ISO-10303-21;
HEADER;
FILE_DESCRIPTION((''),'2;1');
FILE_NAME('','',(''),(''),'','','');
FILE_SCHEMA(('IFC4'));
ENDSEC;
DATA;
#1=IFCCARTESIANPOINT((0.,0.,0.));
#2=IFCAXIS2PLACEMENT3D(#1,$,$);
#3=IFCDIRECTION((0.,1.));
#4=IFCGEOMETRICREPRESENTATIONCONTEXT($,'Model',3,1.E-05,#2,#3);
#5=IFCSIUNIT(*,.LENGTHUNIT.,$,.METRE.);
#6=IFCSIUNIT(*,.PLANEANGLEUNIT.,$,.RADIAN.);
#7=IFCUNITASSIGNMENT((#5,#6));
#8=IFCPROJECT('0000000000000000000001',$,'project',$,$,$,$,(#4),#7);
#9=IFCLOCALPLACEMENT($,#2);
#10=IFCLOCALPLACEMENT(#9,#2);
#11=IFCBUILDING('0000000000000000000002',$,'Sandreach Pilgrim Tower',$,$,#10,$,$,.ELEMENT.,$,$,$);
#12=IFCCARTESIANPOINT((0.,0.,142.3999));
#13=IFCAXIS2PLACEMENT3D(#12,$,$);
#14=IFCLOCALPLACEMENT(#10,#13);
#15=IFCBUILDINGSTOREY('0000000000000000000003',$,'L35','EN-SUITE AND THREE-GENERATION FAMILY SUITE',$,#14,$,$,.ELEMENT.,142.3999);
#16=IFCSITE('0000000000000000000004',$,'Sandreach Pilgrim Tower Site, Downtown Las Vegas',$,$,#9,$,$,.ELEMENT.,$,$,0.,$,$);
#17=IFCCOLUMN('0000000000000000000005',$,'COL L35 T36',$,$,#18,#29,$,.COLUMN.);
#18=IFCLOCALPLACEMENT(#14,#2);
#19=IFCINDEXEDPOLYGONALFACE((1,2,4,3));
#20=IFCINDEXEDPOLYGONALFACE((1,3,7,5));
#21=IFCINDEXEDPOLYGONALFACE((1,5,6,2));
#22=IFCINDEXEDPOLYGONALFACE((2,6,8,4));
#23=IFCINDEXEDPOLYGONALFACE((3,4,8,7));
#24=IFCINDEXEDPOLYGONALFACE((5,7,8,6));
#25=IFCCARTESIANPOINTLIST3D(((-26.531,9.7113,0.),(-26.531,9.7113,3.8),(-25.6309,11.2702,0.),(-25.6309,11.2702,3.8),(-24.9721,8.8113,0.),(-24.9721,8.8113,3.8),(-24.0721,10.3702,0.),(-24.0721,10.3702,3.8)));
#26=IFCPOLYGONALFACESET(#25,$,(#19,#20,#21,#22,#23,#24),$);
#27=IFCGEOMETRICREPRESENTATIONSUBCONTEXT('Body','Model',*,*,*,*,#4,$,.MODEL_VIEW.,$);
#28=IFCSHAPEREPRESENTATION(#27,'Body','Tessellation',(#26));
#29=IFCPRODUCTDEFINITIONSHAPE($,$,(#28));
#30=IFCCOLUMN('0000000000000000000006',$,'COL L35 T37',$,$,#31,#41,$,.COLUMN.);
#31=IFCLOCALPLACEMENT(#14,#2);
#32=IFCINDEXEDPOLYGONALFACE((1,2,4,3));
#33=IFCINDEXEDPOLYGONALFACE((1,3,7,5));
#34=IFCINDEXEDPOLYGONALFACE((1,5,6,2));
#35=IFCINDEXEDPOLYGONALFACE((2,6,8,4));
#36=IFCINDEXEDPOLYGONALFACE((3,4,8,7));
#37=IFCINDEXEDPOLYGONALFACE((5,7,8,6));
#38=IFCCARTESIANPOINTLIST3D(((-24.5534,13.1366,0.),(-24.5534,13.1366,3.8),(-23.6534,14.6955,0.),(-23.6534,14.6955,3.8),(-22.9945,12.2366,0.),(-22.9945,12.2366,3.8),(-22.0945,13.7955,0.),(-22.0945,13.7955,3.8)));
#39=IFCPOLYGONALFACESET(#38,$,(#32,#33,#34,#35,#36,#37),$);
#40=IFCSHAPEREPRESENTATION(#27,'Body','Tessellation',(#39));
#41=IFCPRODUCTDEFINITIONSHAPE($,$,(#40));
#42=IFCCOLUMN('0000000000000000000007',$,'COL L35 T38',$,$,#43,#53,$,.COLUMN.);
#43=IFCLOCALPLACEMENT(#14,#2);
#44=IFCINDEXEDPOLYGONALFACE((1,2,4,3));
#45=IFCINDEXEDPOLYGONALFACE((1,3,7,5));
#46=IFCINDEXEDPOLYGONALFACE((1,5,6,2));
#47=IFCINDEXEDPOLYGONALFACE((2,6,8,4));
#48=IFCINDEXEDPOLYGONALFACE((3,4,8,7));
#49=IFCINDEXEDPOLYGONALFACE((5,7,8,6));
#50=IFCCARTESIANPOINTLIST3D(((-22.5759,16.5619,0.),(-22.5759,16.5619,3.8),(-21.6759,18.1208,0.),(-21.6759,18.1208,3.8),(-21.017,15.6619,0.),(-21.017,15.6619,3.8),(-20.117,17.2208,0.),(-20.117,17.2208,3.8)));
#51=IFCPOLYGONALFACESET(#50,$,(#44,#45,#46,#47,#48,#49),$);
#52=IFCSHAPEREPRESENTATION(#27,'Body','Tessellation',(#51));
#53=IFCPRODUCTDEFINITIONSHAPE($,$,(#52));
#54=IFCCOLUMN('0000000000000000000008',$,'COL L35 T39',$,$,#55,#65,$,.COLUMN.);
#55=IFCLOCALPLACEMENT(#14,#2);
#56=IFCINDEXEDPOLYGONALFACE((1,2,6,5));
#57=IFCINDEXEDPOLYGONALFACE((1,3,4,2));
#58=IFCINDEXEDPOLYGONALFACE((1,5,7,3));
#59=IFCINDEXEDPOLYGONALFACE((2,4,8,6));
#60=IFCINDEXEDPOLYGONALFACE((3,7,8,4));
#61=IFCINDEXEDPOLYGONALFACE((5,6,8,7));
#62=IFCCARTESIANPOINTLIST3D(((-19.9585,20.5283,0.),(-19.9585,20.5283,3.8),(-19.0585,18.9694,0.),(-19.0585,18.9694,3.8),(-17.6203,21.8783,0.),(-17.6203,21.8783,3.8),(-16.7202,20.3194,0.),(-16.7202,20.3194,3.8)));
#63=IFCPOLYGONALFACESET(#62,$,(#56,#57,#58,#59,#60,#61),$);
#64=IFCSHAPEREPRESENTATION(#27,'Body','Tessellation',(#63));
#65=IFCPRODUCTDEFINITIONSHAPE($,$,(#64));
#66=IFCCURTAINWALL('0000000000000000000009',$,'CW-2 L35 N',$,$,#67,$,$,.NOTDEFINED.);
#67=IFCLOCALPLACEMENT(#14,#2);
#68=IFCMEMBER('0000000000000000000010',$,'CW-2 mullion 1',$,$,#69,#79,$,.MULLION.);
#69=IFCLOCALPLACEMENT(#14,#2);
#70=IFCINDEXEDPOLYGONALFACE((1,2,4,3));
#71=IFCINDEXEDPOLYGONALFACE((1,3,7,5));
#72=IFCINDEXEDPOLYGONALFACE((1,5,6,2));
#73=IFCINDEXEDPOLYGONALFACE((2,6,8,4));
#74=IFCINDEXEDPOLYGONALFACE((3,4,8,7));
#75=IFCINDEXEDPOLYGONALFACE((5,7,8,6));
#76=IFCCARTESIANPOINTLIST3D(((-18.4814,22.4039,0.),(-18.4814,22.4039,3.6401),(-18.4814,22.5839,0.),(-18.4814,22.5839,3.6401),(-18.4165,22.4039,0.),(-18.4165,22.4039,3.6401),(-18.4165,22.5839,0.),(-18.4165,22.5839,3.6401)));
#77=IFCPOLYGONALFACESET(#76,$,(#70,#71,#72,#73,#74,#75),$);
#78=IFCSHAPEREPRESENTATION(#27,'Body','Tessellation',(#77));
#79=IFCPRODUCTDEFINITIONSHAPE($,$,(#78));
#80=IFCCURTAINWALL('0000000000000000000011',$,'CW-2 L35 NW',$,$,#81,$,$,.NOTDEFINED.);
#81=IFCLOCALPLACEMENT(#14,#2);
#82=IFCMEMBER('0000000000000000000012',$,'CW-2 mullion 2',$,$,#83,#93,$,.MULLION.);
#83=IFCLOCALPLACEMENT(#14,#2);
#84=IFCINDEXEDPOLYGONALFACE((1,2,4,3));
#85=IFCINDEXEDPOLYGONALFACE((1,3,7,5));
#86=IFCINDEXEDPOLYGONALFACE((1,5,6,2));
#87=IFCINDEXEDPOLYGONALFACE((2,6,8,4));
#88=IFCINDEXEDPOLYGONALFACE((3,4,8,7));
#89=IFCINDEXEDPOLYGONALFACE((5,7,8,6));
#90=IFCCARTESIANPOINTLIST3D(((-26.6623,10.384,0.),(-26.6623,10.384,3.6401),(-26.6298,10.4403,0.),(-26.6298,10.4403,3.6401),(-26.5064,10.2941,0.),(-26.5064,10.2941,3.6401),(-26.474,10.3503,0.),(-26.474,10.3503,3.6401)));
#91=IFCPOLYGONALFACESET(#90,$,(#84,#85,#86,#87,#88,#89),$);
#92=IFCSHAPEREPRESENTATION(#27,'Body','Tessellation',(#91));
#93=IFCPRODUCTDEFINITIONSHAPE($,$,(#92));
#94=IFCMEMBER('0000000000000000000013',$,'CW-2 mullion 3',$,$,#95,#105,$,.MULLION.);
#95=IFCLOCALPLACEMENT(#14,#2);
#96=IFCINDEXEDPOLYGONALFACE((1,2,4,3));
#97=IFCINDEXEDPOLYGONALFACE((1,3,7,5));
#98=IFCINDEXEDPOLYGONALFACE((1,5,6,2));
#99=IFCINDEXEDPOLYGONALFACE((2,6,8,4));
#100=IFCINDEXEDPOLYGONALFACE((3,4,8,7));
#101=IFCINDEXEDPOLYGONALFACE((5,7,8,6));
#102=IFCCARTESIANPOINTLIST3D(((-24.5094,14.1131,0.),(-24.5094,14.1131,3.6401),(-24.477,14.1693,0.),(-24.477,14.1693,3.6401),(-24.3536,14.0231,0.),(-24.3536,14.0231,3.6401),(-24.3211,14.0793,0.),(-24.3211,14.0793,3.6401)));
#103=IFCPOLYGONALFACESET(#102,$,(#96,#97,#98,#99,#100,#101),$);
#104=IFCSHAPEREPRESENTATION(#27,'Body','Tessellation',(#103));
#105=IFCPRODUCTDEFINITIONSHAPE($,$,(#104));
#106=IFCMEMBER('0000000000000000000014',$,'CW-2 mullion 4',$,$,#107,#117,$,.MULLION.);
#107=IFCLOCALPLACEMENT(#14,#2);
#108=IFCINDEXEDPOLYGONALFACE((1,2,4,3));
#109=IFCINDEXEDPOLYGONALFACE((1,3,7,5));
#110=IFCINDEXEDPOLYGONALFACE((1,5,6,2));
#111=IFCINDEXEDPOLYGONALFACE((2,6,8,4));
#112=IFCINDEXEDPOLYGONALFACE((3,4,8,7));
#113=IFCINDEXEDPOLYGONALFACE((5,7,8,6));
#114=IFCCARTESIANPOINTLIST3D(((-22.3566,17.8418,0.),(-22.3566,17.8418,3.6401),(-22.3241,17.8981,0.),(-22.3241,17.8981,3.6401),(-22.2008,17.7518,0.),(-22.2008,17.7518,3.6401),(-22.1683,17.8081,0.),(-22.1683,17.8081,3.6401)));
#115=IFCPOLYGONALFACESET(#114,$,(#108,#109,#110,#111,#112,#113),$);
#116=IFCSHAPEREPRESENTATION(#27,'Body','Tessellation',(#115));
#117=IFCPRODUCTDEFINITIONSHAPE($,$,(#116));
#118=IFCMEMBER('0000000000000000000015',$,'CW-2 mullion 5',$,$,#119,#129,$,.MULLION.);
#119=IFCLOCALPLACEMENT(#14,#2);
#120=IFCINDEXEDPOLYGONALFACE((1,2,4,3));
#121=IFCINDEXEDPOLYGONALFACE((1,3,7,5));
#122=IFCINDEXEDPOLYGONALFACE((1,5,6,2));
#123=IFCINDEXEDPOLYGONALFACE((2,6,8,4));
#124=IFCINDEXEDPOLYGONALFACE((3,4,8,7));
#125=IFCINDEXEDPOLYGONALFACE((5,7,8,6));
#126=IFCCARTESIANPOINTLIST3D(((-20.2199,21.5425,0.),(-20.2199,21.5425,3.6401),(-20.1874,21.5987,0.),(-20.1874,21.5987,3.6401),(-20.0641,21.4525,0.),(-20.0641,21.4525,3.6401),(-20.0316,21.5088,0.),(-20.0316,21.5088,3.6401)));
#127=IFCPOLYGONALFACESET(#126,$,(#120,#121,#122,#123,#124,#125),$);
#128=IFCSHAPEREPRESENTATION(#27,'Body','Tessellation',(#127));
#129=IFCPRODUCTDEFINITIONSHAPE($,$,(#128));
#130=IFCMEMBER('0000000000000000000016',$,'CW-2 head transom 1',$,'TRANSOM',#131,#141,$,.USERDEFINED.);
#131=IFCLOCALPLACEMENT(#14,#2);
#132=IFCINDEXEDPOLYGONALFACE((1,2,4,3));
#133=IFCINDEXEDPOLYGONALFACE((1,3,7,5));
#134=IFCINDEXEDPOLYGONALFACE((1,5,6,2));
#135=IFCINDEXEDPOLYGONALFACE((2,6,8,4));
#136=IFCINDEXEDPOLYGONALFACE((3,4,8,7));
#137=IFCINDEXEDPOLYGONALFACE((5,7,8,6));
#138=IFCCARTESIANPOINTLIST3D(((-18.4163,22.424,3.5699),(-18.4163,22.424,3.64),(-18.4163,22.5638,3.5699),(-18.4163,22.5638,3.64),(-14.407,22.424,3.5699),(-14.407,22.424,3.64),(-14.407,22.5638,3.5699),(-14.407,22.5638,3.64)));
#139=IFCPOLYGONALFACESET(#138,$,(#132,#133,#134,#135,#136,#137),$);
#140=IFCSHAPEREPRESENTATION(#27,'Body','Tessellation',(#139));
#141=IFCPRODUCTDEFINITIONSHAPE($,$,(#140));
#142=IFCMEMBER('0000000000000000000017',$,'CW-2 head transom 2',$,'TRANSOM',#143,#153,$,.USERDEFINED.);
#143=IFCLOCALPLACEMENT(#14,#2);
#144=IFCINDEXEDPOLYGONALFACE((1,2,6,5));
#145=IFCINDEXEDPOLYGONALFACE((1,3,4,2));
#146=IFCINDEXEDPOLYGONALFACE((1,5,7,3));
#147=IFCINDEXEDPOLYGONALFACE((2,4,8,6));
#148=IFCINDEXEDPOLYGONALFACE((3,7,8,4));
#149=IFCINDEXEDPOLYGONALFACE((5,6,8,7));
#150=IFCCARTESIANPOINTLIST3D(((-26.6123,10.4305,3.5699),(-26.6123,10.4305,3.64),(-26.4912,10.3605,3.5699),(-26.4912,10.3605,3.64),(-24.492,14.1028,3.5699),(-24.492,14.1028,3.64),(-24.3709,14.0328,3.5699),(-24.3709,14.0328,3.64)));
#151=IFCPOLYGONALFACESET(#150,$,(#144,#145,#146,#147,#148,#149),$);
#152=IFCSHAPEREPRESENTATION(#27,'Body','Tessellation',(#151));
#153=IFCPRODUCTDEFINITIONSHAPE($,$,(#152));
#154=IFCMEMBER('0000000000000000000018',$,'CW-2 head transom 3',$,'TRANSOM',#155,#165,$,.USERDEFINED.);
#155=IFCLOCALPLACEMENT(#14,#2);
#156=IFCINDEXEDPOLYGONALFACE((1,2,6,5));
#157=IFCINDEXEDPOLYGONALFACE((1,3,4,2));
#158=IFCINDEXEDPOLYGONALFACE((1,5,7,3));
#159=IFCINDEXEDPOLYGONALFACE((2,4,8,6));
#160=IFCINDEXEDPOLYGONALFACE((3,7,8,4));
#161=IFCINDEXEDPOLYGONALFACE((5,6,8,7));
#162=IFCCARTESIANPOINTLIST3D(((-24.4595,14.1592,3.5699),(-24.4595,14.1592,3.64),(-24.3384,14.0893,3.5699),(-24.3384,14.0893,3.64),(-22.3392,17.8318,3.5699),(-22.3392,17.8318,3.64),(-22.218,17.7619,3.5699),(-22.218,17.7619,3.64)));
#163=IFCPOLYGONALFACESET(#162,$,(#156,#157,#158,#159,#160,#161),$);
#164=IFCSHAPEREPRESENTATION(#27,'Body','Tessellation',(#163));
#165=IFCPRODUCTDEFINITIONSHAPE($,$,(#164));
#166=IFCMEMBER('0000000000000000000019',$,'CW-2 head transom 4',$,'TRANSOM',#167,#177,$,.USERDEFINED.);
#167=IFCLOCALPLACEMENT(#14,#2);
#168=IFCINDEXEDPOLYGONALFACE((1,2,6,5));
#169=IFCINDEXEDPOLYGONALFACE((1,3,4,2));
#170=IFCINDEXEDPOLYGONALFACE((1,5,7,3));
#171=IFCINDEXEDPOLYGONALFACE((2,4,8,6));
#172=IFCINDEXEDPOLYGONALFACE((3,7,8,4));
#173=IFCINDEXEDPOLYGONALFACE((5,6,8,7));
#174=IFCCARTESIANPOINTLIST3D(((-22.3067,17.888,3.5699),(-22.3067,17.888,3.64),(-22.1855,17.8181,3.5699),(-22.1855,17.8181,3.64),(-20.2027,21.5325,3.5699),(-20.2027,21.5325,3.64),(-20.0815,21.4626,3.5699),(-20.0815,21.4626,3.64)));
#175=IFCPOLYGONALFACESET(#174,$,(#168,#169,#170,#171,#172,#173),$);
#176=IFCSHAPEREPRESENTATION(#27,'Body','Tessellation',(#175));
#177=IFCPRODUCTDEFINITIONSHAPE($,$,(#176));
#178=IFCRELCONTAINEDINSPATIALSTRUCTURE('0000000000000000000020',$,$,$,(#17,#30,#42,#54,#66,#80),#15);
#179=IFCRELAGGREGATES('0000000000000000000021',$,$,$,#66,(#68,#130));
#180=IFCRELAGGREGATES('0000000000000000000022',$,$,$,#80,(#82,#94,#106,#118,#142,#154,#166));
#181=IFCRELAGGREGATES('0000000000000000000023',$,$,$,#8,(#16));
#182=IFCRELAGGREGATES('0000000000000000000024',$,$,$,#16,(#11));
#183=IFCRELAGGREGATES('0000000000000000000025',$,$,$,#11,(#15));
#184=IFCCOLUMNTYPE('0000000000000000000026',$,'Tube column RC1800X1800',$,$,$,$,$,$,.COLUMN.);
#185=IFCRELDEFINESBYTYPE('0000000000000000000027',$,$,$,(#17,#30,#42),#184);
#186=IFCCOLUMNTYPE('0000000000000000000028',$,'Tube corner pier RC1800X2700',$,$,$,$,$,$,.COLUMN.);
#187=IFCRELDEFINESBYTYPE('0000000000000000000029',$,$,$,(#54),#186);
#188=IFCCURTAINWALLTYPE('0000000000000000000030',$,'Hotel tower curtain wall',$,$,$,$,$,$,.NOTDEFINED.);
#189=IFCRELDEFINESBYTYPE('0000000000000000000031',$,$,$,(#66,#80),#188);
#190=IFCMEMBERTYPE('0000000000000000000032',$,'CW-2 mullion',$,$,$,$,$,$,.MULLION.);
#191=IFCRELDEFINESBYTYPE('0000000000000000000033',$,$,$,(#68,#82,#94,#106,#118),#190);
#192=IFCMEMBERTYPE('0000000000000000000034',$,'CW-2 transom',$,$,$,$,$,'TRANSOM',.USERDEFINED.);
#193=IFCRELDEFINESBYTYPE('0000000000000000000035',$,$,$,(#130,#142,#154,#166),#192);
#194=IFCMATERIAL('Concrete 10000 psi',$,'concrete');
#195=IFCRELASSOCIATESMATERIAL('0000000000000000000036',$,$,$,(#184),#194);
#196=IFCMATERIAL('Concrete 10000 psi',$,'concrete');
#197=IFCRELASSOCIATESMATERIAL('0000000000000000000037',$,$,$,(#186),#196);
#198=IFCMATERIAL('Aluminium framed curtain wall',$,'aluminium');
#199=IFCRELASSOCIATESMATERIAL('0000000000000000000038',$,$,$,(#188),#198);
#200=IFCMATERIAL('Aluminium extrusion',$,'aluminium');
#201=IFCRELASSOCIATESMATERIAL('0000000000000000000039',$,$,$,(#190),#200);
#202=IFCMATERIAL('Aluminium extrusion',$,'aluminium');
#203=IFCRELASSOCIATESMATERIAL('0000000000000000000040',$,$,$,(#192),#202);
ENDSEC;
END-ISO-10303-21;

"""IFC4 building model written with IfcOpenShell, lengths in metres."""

from ifc_helpers import new_model, si_unit, direction, frame, origin, origin_2d, place, context, subcontext, project, spatial, rectangle, extrude, material, material_profile, profile_set, type_object, element, aggregate, save


model = new_model("IFC4")

# Units and contexts
model_context = context("Model", 3, precision=1e-05, world=origin(), true_north=direction((0.0, 1.0)))
body_context = subcontext(model_context, "Body", "Model", "MODEL_VIEW")
ifc_project = project(units=[si_unit("LENGTHUNIT", "METRE"), si_unit("PLANEANGLEUNIT", "RADIAN")], contexts=[model_context])

# Site, building, storey
site_placement = place(None, origin())
site = spatial("IfcSite", under=ifc_project, at=site_placement, Name="Sandreach Pilgrim Tower Site, Downtown Las Vegas", CompositionType="ELEMENT", RefElevation=0.0)
building_placement = place(site_placement, origin())
building = spatial("IfcBuilding", under=site, at=building_placement, Name="Sandreach Pilgrim Tower", CompositionType="ELEMENT")
storey_placement = place(building_placement, frame((0.0, 0.0, 142.3999)))
storey = spatial("IfcBuildingStorey", under=building, at=storey_placement, Name="L35", Description="EN-SUITE AND THREE-GENERATION FAMILY SUITE", CompositionType="ELEMENT", Elevation=142.3999)

# Columns
ifc_material_1 = material(Name="Concrete 10000 psi", Category="concrete")
ifc_material_profile_1 = material_profile(ifc_material_1, rectangle(XDim=1.8, YDim=1.8, at=origin_2d()), Name="RC1800X1800")
ifc_profile_set_1 = profile_set([ifc_material_profile_1], Name="Concrete 10000 psi")
column_type_1 = type_object("IfcColumnType", Name="Tube column RC1800X1800", PredefinedType="COLUMN", material=ifc_profile_set_1)
for number, where, z_axis, x_axis, name in (
    (1, (-25.3015, 10.0408, 0.0), (0.0, 0.0, 1.0), (-0.866025, 0.5, 0.0), "COL L35 T36"),
    (2, (-23.324, 13.4661, 0.0), (0.0, 0.0, 1.0), (-0.866025, 0.5, 0.0), "COL L35 T37"),
    (3, (-21.3464, 16.8914, 0.0), (0.0, 0.0, 1.0), (-0.866025, 0.5, 0.0), "COL L35 T38"),
):
    element("IfcColumn", number, at=place(storey_placement, frame(where, z_axis=z_axis, x_axis=x_axis)), inside=storey, type_object=column_type_1, Name=name, PredefinedType="COLUMN", context=body_context, shape_type="SweptSolid", body=[
        extrude(rectangle(XDim=1.8, YDim=1.8, at=origin_2d()), origin(), (0.0, 0.0, 1.0), 3.8),
    ])
ifc_material_2 = material(Name="Concrete 10000 psi", Category="concrete")
ifc_material_profile_2 = material_profile(ifc_material_2, rectangle(XDim=1.8, YDim=2.7, at=origin_2d()), Name="RC1800X2700")
ifc_profile_set_2 = profile_set([ifc_material_profile_2], Name="Concrete 10000 psi")
column_type_2 = type_object("IfcColumnType", Name="Tube corner pier RC1800X2700", PredefinedType="COLUMN", material=ifc_profile_set_2)
column_placement = place(storey_placement, frame((-18.3394, 20.4238, 0.0), z_axis=(0.0, 0.0, 1.0), x_axis=(-0.5, 0.866025, 0.0)))
element("IfcColumn", 4, at=column_placement, inside=storey, type_object=column_type_2, Name="COL L35 T39", PredefinedType="COLUMN", context=body_context, shape_type="SweptSolid", body=[
    extrude(rectangle(XDim=1.8, YDim=2.7, at=origin_2d()), origin(), (0.0, 0.0, 1.0), 3.8),
])

# Curtain wall, member
ifc_material_3 = material(Name="Aluminium framed curtain wall", Category="aluminium")
curtain_wall_type = type_object("IfcCurtainWallType", Name="Hotel tower curtain wall", PredefinedType="NOTDEFINED", material=ifc_material_3)
curtain_wall_1_placement = place(storey_placement, origin())
curtain_wall_1 = element("IfcCurtainWall", 5, at=curtain_wall_1_placement, inside=storey, type_object=curtain_wall_type, Name="CW-2 L35 N", PredefinedType="NOTDEFINED")
ifc_material_4 = material(Name="Aluminium extrusion", Category="aluminium")
ifc_material_profile_3 = material_profile(ifc_material_4, rectangle(XDim=0.0649, YDim=0.1799, at=origin_2d()), Name="CW-2M 65X180")
ifc_profile_set_3 = profile_set([ifc_material_profile_3], Name="Aluminium extrusion")
member_type_1 = type_object("IfcMemberType", Name="CW-2 mullion", PredefinedType="MULLION", material=ifc_profile_set_3)
member_1_placement = place(storey_placement, frame((-18.449, 22.4939, 0.0), z_axis=(0.0, 0.0, 1.0), x_axis=(1.0, 0.0, 0.0)))
member_1 = element("IfcMember", 6, at=member_1_placement, type_object=member_type_1, Name="CW-2 mullion 1", PredefinedType="MULLION", context=body_context, shape_type="SweptSolid", body=[
    extrude(rectangle(XDim=0.0649, YDim=0.1799, at=origin_2d()), origin(), (0.0, 0.0, 1.0), 3.6401),
])

# Curtain wall, members
curtain_wall_2_placement = place(storey_placement, origin())
curtain_wall_2 = element("IfcCurtainWall", 7, at=curtain_wall_2_placement, inside=storey, type_object=curtain_wall_type, Name="CW-2 L35 NW", PredefinedType="NOTDEFINED")
member_2_placement = place(storey_placement, frame((-26.5681, 10.3672, 0.0), z_axis=(0.0, 0.0, 1.0), x_axis=(0.5, 0.866025, 0.0)))
member_2 = element("IfcMember", 8, at=member_2_placement, type_object=member_type_1, Name="CW-2 mullion 2", PredefinedType="MULLION", context=body_context, shape_type="SweptSolid", body=[
    extrude(rectangle(XDim=0.0649, YDim=0.1799, at=origin_2d()), origin(), (0.0, 0.0, 1.0), 3.6401),
])
member_3_placement = place(storey_placement, frame((-24.4153, 14.0962, 0.0), z_axis=(0.0, 0.0, 1.0), x_axis=(0.5, 0.866025, 0.0)))
member_3 = element("IfcMember", 9, at=member_3_placement, type_object=member_type_1, Name="CW-2 mullion 3", PredefinedType="MULLION", context=body_context, shape_type="SweptSolid", body=[
    extrude(rectangle(XDim=0.0649, YDim=0.1799, at=origin_2d()), origin(), (0.0, 0.0, 1.0), 3.6401),
])
member_4_placement = place(storey_placement, frame((-22.2625, 17.825, 0.0), z_axis=(0.0, 0.0, 1.0), x_axis=(0.5, 0.866025, 0.0)))
member_4 = element("IfcMember", 10, at=member_4_placement, type_object=member_type_1, Name="CW-2 mullion 4", PredefinedType="MULLION", context=body_context, shape_type="SweptSolid", body=[
    extrude(rectangle(XDim=0.0649, YDim=0.1799, at=origin_2d()), origin(), (0.0, 0.0, 1.0), 3.6401),
])
member_5_placement = place(storey_placement, frame((-20.1257, 21.5256, 0.0), z_axis=(0.0, 0.0, 1.0), x_axis=(0.5, 0.866025, 0.0)))
member_5 = element("IfcMember", 11, at=member_5_placement, type_object=member_type_1, Name="CW-2 mullion 5", PredefinedType="MULLION", context=body_context, shape_type="SweptSolid", body=[
    extrude(rectangle(XDim=0.0649, YDim=0.1799, at=origin_2d()), origin(), (0.0, 0.0, 1.0), 3.6401),
])

# Members
ifc_material_5 = material(Name="Aluminium extrusion", Category="aluminium")
ifc_material_profile_4 = material_profile(ifc_material_5, rectangle(XDim=0.1399, YDim=0.0701, at=origin_2d()), Name="CW-2T 140X70")
ifc_profile_set_4 = profile_set([ifc_material_profile_4], Name="Aluminium extrusion")
member_type_2 = type_object("IfcMemberType", Name="CW-2 transom", ElementType="TRANSOM", PredefinedType="USERDEFINED", material=ifc_profile_set_4)
member_6_placement = place(storey_placement, frame((-18.4163, 22.4939, 3.605), z_axis=(1.0, 0.0, 0.0), x_axis=(0.0, 1.0, 0.0)))
member_6 = element("IfcMember", 12, at=member_6_placement, type_object=member_type_2, Name="CW-2 head transom 1", ObjectType="TRANSOM", PredefinedType="USERDEFINED", context=body_context, shape_type="SweptSolid", body=[
    extrude(rectangle(XDim=0.1399, YDim=0.0701, at=origin_2d()), origin(), (0.0, 0.0, 1.0), 4.0093),
])
aggregate(curtain_wall_1, [member_1, member_6])
member_7_placement = place(storey_placement, frame((-26.5518, 10.3955, 3.605), z_axis=(0.500021, 0.866013, 0.0), x_axis=(-0.866013, 0.500021, 0.0)))
member_7 = element("IfcMember", 13, at=member_7_placement, type_object=member_type_2, Name="CW-2 head transom 2", ObjectType="TRANSOM", PredefinedType="USERDEFINED", context=body_context, shape_type="SweptSolid", body=[
    extrude(rectangle(XDim=0.1399, YDim=0.0701, at=origin_2d()), origin(), (0.0, 0.0, 1.0), 4.2405),
])
member_8_placement = place(storey_placement, frame((-24.3989, 14.1243, 3.605), z_axis=(0.499997, 0.866027, 0.0), x_axis=(-0.866027, 0.499997, 0.0)))
member_8 = element("IfcMember", 14, at=member_8_placement, type_object=member_type_2, Name="CW-2 head transom 3", ObjectType="TRANSOM", PredefinedType="USERDEFINED", context=body_context, shape_type="SweptSolid", body=[
    extrude(rectangle(XDim=0.1399, YDim=0.0701, at=origin_2d()), origin(), (0.0, 0.0, 1.0), 4.2407),
])
member_9_placement = place(storey_placement, frame((-22.2461, 17.853, 3.605), z_axis=(0.49997, 0.866043, 0.0), x_axis=(-0.866043, 0.49997, 0.0)))
member_9 = element("IfcMember", 15, at=member_9_placement, type_object=member_type_2, Name="CW-2 head transom 4", ObjectType="TRANSOM", PredefinedType="USERDEFINED", context=body_context, shape_type="SweptSolid", body=[
    extrude(rectangle(XDim=0.1399, YDim=0.0701, at=origin_2d()), origin(), (0.0, 0.0, 1.0), 4.2083),
])

aggregate(curtain_wall_2, [member_2, member_3, member_4, member_5, member_7, member_8, member_9])

save(model, "model.ifc")
